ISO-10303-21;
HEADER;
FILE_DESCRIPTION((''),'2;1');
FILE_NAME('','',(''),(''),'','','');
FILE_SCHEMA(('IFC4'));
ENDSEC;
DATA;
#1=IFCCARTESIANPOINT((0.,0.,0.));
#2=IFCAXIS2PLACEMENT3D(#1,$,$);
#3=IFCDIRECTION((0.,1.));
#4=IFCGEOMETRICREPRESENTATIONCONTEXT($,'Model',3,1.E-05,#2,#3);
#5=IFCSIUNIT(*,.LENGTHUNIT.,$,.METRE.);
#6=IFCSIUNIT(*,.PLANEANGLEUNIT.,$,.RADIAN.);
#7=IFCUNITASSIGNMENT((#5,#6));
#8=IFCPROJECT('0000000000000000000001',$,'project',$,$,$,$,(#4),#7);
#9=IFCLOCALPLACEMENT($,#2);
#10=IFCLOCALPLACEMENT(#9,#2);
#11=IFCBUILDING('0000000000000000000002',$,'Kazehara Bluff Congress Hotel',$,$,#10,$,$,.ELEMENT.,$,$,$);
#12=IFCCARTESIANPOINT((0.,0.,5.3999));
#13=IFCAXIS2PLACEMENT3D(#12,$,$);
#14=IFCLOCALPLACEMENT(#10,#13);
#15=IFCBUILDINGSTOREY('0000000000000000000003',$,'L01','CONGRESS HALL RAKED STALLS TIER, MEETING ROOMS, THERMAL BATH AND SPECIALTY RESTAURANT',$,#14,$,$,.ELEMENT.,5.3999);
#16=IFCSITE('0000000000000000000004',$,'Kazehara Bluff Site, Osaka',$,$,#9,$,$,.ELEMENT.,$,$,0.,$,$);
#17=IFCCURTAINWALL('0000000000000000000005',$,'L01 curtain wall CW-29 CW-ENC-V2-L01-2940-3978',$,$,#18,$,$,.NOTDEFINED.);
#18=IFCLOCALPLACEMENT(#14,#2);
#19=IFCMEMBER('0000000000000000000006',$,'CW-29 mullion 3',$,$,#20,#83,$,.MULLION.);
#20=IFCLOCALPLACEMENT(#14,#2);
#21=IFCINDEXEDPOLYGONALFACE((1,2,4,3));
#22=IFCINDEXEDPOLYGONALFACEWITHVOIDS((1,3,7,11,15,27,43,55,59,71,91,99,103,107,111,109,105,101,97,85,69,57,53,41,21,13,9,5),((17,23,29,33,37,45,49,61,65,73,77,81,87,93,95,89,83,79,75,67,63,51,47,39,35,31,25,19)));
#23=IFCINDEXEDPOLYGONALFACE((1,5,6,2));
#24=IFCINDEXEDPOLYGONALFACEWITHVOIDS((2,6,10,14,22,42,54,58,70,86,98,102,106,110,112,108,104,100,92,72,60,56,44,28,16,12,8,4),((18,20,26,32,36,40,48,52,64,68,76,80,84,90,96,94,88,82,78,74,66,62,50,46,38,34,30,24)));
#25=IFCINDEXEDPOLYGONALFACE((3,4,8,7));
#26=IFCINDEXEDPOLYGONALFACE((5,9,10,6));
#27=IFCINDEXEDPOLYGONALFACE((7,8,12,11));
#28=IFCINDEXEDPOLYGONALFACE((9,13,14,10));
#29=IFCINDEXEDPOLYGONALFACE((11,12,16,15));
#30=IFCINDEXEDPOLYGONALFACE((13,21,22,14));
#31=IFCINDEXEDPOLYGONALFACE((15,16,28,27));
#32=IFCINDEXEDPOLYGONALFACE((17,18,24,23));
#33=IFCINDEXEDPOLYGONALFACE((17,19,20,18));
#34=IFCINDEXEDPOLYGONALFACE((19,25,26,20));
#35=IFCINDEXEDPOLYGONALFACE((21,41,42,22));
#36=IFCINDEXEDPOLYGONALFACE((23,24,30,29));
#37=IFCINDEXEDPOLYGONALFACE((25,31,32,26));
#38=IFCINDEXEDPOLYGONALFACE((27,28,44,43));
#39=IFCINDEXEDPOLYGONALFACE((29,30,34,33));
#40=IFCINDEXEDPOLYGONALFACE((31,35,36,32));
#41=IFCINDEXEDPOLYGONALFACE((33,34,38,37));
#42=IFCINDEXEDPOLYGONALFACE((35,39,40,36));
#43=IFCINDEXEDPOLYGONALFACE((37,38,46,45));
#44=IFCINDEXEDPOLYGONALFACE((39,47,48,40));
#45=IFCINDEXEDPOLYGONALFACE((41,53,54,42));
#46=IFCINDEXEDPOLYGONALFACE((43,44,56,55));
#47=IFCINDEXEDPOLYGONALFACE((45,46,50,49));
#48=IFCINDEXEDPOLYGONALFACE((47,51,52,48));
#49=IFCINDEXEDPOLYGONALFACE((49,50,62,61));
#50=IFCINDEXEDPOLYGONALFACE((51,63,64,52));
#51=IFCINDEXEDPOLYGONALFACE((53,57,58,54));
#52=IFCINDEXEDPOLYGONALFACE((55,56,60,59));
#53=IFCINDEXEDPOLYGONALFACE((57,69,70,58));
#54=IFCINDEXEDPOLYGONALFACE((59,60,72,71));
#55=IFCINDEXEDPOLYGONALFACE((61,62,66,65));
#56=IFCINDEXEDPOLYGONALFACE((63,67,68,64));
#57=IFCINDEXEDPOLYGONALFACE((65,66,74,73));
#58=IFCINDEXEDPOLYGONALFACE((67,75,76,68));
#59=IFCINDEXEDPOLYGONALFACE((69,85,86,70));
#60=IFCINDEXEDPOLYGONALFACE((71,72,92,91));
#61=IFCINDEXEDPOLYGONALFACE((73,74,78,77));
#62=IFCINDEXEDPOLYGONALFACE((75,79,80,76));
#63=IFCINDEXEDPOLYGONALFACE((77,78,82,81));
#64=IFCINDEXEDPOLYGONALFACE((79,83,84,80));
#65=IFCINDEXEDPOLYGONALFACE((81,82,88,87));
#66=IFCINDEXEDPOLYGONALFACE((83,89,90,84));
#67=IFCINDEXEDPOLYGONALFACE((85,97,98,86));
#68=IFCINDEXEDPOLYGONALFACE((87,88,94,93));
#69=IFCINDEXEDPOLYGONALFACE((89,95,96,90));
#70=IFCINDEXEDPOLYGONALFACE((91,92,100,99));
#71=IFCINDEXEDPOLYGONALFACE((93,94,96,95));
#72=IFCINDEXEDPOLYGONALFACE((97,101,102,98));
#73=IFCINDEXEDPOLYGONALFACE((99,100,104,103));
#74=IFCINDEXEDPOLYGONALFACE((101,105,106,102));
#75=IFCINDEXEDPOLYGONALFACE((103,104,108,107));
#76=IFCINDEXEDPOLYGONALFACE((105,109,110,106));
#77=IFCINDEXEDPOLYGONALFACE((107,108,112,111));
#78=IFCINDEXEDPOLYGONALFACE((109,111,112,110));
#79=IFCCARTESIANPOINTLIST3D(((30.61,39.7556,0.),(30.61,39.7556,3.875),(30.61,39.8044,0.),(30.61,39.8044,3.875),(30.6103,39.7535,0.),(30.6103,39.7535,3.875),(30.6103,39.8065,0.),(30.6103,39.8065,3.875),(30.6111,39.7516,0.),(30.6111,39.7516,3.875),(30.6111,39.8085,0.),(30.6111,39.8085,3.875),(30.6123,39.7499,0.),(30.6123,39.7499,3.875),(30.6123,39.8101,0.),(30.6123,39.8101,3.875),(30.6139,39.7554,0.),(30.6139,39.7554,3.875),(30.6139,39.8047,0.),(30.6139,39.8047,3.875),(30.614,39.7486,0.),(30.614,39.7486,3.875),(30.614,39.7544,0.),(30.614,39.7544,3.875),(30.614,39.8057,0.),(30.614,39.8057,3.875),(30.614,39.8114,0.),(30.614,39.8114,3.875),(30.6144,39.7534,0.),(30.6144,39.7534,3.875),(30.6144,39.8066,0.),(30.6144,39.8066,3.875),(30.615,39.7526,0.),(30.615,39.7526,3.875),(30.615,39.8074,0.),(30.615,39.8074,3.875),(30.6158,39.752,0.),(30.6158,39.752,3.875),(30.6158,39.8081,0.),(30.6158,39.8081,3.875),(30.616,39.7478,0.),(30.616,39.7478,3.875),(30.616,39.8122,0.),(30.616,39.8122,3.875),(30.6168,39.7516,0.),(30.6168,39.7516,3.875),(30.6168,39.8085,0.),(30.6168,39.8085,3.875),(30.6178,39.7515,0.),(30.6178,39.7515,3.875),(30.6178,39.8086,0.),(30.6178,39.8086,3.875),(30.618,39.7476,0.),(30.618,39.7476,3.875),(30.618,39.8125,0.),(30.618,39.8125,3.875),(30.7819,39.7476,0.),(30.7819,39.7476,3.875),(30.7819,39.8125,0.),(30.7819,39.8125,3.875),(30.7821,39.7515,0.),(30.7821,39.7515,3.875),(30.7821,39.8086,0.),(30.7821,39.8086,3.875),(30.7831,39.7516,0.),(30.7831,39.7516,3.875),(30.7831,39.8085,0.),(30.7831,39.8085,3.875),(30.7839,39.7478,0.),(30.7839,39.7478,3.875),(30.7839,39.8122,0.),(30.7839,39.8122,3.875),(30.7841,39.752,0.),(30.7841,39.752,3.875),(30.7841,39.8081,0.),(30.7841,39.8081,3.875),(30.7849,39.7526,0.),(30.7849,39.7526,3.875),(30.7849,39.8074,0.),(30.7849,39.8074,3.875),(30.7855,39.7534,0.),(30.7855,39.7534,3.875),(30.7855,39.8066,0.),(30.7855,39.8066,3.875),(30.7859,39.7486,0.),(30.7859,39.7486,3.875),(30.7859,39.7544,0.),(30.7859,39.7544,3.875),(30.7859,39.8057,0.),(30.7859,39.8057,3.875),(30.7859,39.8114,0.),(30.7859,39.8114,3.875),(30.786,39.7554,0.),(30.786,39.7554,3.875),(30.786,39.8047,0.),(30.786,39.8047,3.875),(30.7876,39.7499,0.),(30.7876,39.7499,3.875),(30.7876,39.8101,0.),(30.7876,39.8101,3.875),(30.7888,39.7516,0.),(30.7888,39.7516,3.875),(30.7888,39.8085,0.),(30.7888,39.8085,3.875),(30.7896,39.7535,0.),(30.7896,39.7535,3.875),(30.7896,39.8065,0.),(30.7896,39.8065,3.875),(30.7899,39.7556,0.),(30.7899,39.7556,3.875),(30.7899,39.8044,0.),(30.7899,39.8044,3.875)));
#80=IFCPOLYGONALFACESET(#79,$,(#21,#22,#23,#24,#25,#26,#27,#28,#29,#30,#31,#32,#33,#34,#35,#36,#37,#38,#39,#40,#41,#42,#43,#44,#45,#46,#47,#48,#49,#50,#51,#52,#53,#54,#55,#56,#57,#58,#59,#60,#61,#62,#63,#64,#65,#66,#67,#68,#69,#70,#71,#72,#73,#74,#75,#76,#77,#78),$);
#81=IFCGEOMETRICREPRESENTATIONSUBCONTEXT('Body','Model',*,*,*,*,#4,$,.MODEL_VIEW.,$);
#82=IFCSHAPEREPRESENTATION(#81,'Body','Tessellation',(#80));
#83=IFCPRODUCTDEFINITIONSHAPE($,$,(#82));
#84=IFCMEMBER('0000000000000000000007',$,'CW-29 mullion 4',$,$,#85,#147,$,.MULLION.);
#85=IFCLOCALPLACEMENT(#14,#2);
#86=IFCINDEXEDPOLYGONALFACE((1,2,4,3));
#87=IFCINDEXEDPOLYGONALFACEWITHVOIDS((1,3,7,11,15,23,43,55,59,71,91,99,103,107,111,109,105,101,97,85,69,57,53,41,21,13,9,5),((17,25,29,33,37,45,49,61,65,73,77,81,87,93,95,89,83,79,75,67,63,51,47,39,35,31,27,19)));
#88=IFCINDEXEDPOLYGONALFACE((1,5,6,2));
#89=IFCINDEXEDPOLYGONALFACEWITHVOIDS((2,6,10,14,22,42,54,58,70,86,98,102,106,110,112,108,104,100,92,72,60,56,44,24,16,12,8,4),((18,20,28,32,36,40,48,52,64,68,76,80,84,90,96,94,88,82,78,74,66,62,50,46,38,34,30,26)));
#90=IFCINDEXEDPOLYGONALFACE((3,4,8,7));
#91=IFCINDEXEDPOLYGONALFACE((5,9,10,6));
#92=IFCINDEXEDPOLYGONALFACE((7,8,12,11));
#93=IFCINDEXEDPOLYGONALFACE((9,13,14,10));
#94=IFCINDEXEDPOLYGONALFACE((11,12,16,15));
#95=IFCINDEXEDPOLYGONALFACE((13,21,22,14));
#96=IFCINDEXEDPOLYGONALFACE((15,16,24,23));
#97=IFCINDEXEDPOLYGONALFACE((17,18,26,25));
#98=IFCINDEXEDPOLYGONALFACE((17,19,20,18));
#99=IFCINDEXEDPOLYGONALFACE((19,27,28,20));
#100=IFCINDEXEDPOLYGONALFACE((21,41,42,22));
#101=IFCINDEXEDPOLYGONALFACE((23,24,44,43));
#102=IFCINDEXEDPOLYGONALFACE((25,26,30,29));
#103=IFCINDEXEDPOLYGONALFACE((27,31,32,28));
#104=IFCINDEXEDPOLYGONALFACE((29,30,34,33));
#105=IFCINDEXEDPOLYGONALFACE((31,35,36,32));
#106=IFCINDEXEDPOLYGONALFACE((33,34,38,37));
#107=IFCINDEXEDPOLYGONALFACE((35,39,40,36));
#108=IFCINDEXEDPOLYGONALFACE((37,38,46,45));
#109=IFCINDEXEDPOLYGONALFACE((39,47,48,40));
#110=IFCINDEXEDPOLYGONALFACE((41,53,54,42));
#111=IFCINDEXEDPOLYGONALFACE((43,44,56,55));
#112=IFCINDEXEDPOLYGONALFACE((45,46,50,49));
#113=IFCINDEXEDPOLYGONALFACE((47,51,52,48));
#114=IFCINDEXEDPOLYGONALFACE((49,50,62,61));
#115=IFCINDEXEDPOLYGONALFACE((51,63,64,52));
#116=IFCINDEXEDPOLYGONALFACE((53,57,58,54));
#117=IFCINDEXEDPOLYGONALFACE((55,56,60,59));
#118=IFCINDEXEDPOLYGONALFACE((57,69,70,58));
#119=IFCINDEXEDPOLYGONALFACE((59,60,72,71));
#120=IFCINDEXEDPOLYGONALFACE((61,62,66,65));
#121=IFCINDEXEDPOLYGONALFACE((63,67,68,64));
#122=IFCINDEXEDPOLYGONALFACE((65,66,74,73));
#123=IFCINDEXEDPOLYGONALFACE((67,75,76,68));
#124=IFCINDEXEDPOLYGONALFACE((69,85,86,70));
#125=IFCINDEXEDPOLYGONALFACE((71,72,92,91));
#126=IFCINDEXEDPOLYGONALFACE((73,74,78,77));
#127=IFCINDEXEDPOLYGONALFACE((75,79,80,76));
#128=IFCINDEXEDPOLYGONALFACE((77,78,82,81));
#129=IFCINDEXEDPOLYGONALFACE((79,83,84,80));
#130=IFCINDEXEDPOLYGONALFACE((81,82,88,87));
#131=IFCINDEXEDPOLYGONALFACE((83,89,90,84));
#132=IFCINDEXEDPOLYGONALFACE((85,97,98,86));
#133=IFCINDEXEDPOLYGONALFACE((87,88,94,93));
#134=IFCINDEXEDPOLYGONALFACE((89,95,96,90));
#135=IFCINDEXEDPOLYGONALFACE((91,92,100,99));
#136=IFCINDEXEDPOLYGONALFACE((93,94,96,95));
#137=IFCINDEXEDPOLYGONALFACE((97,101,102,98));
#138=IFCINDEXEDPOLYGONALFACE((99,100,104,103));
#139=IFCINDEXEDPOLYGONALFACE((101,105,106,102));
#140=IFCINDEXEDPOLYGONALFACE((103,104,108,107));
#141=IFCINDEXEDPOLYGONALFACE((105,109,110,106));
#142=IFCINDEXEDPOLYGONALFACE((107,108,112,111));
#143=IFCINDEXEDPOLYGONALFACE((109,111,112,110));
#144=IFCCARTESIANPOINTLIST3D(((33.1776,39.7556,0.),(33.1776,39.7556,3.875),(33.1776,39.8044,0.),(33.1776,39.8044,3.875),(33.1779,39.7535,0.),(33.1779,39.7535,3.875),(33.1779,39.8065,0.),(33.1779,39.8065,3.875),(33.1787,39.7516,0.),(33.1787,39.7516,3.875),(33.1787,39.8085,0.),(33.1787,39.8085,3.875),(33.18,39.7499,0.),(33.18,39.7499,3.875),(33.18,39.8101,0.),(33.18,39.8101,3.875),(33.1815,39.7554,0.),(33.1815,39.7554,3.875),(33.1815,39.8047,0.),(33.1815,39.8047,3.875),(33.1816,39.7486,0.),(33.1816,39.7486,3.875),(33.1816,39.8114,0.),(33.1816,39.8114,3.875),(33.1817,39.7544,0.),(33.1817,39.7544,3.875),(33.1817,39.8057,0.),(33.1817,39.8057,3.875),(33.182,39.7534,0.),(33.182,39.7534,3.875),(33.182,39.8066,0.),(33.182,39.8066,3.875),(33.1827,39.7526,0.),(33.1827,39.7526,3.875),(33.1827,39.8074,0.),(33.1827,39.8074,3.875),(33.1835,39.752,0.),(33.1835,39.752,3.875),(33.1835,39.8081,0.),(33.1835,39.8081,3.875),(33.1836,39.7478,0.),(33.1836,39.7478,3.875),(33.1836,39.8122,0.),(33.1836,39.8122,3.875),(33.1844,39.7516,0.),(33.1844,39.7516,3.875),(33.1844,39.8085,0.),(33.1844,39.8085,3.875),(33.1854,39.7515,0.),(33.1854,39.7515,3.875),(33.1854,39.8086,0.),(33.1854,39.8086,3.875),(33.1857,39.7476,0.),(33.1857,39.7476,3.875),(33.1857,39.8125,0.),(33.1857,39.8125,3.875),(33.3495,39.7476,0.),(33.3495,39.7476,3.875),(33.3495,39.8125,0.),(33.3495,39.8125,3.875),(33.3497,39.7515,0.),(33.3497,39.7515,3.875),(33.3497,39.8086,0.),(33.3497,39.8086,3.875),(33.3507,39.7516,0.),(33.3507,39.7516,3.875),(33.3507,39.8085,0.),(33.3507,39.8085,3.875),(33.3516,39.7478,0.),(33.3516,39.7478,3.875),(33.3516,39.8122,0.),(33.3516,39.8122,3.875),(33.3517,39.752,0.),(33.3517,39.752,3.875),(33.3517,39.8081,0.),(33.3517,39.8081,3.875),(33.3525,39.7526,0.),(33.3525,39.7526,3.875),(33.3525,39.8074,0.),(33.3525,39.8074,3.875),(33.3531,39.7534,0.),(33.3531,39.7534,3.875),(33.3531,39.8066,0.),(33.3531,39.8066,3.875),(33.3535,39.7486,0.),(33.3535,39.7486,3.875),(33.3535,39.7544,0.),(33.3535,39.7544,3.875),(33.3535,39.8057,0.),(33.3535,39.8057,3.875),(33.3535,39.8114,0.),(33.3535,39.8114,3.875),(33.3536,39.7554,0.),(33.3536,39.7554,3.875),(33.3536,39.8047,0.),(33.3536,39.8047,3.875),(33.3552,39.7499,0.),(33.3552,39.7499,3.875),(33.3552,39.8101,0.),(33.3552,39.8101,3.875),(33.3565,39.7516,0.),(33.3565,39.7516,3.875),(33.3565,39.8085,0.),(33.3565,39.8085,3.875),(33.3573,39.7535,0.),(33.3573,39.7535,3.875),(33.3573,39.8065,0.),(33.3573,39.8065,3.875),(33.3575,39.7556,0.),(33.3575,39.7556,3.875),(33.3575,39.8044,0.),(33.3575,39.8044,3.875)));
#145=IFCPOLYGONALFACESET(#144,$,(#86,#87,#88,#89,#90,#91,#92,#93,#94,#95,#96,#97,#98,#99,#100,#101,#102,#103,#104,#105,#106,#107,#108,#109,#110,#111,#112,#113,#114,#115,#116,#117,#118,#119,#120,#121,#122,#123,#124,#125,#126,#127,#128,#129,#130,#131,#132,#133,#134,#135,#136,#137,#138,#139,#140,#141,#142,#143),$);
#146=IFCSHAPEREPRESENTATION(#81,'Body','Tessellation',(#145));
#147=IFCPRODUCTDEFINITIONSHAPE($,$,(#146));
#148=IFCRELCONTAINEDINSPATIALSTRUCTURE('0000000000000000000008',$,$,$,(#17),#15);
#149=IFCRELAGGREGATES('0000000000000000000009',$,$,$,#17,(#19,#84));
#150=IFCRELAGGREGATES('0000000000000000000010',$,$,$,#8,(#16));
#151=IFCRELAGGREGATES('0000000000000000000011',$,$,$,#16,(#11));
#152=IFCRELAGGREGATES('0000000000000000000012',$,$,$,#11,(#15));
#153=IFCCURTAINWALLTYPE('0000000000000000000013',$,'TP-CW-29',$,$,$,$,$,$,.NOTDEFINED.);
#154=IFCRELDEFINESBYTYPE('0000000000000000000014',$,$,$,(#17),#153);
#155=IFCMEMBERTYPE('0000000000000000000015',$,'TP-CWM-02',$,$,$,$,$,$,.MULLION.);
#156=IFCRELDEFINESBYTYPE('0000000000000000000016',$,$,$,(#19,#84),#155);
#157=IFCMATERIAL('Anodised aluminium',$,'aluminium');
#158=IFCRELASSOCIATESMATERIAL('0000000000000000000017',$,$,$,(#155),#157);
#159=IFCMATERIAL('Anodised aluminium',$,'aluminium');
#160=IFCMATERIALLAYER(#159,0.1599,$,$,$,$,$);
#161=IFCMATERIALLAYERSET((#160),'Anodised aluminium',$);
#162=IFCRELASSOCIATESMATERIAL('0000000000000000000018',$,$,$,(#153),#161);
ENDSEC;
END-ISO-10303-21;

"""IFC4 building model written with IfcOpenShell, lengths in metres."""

from ifc_helpers import new_model, si_unit, direction, frame, origin, origin_2d, place, context, subcontext, project, spatial, hollow_rectangle, extrude, material, layer, layer_set, material_profile, profile_set, type_object, element, aggregate, save


model = new_model("IFC4")

# Units and contexts
model_context = context("Model", 3, precision=1e-05, world=origin(), true_north=direction((0.0, 1.0)))
body_context = subcontext(model_context, "Body", "Model", "MODEL_VIEW")
ifc_project = project(units=[si_unit("LENGTHUNIT", "METRE"), si_unit("PLANEANGLEUNIT", "RADIAN")], contexts=[model_context])

# Site, building, storey
site_placement = place(None, origin())
site = spatial("IfcSite", under=ifc_project, at=site_placement, Name="Kazehara Bluff Site, Osaka", CompositionType="ELEMENT", RefElevation=0.0)
building_placement = place(site_placement, origin())
building = spatial("IfcBuilding", under=site, at=building_placement, Name="Kazehara Bluff Congress Hotel", CompositionType="ELEMENT")
storey_placement = place(building_placement, frame((0.0, 0.0, 5.3999)))
storey = spatial("IfcBuildingStorey", under=building, at=storey_placement, Name="L01", Description="CONGRESS HALL RAKED STALLS TIER, MEETING ROOMS, THERMAL BATH AND SPECIALTY RESTAURANT", CompositionType="ELEMENT", Elevation=5.3999)

# Curtain wall, members
ifc_material_1 = material(Name="Anodised aluminium", Category="aluminium")
ifc_material_profile_1 = material_profile(ifc_material_1, hollow_rectangle(XDim=0.0649, YDim=0.1799, WallThickness=0.0039, InnerFilletRadius=0.0039, OuterFilletRadius=0.0081, at=origin_2d()))
ifc_profile_set_1 = profile_set([ifc_material_profile_1], Name="Anodised aluminium")
member_type_1 = type_object("IfcMemberType", Name="TP-CWM-02", PredefinedType="MULLION", material=ifc_profile_set_1)
ifc_material_2 = material(Name="Anodised aluminium", Category="aluminium")
ifc_layer_1 = layer(ifc_material_2, 0.1599)
ifc_layer_set_1 = layer_set([ifc_layer_1], Name="Anodised aluminium")
curtain_wall_type_1 = type_object("IfcCurtainWallType", Name="TP-CW-29", PredefinedType="NOTDEFINED", material=ifc_layer_set_1)
curtain_wall_1_placement = place(storey_placement, origin())
curtain_wall_1 = element("IfcCurtainWall", 1, at=curtain_wall_1_placement, inside=storey, type_object=curtain_wall_type_1, Name="L01 curtain wall CW-29 CW-ENC-V2-L01-2940-3978", PredefinedType="NOTDEFINED")
member_1_placement = place(storey_placement, frame((30.7, 39.78, 0.0), z_axis=(0.0, 0.0, 1.0), x_axis=(0.0, 1.0, 0.0)))
member_1 = element("IfcMember", 2, at=member_1_placement, type_object=member_type_1, Name="CW-29 mullion 3", PredefinedType="MULLION", context=body_context, shape_type="SweptSolid", body=[
    extrude(hollow_rectangle(XDim=0.0649, YDim=0.1799, WallThickness=0.0039, InnerFilletRadius=0.0039, OuterFilletRadius=0.0081, at=origin_2d()), origin(), (0.0, 0.0, 1.0), 3.875),
])
member_2_placement = place(storey_placement, frame((33.2676, 39.78, 0.0), z_axis=(0.0, 0.0, 1.0), x_axis=(0.0, 1.0, 0.0)))
member_2 = element("IfcMember", 3, at=member_2_placement, type_object=member_type_1, Name="CW-29 mullion 4", PredefinedType="MULLION", context=body_context, shape_type="SweptSolid", body=[
    extrude(hollow_rectangle(XDim=0.0649, YDim=0.1799, WallThickness=0.0039, InnerFilletRadius=0.0039, OuterFilletRadius=0.0081, at=origin_2d()), origin(), (0.0, 0.0, 1.0), 3.875),
])

aggregate(curtain_wall_1, [member_1, member_2])

save(model, "model.ifc")
